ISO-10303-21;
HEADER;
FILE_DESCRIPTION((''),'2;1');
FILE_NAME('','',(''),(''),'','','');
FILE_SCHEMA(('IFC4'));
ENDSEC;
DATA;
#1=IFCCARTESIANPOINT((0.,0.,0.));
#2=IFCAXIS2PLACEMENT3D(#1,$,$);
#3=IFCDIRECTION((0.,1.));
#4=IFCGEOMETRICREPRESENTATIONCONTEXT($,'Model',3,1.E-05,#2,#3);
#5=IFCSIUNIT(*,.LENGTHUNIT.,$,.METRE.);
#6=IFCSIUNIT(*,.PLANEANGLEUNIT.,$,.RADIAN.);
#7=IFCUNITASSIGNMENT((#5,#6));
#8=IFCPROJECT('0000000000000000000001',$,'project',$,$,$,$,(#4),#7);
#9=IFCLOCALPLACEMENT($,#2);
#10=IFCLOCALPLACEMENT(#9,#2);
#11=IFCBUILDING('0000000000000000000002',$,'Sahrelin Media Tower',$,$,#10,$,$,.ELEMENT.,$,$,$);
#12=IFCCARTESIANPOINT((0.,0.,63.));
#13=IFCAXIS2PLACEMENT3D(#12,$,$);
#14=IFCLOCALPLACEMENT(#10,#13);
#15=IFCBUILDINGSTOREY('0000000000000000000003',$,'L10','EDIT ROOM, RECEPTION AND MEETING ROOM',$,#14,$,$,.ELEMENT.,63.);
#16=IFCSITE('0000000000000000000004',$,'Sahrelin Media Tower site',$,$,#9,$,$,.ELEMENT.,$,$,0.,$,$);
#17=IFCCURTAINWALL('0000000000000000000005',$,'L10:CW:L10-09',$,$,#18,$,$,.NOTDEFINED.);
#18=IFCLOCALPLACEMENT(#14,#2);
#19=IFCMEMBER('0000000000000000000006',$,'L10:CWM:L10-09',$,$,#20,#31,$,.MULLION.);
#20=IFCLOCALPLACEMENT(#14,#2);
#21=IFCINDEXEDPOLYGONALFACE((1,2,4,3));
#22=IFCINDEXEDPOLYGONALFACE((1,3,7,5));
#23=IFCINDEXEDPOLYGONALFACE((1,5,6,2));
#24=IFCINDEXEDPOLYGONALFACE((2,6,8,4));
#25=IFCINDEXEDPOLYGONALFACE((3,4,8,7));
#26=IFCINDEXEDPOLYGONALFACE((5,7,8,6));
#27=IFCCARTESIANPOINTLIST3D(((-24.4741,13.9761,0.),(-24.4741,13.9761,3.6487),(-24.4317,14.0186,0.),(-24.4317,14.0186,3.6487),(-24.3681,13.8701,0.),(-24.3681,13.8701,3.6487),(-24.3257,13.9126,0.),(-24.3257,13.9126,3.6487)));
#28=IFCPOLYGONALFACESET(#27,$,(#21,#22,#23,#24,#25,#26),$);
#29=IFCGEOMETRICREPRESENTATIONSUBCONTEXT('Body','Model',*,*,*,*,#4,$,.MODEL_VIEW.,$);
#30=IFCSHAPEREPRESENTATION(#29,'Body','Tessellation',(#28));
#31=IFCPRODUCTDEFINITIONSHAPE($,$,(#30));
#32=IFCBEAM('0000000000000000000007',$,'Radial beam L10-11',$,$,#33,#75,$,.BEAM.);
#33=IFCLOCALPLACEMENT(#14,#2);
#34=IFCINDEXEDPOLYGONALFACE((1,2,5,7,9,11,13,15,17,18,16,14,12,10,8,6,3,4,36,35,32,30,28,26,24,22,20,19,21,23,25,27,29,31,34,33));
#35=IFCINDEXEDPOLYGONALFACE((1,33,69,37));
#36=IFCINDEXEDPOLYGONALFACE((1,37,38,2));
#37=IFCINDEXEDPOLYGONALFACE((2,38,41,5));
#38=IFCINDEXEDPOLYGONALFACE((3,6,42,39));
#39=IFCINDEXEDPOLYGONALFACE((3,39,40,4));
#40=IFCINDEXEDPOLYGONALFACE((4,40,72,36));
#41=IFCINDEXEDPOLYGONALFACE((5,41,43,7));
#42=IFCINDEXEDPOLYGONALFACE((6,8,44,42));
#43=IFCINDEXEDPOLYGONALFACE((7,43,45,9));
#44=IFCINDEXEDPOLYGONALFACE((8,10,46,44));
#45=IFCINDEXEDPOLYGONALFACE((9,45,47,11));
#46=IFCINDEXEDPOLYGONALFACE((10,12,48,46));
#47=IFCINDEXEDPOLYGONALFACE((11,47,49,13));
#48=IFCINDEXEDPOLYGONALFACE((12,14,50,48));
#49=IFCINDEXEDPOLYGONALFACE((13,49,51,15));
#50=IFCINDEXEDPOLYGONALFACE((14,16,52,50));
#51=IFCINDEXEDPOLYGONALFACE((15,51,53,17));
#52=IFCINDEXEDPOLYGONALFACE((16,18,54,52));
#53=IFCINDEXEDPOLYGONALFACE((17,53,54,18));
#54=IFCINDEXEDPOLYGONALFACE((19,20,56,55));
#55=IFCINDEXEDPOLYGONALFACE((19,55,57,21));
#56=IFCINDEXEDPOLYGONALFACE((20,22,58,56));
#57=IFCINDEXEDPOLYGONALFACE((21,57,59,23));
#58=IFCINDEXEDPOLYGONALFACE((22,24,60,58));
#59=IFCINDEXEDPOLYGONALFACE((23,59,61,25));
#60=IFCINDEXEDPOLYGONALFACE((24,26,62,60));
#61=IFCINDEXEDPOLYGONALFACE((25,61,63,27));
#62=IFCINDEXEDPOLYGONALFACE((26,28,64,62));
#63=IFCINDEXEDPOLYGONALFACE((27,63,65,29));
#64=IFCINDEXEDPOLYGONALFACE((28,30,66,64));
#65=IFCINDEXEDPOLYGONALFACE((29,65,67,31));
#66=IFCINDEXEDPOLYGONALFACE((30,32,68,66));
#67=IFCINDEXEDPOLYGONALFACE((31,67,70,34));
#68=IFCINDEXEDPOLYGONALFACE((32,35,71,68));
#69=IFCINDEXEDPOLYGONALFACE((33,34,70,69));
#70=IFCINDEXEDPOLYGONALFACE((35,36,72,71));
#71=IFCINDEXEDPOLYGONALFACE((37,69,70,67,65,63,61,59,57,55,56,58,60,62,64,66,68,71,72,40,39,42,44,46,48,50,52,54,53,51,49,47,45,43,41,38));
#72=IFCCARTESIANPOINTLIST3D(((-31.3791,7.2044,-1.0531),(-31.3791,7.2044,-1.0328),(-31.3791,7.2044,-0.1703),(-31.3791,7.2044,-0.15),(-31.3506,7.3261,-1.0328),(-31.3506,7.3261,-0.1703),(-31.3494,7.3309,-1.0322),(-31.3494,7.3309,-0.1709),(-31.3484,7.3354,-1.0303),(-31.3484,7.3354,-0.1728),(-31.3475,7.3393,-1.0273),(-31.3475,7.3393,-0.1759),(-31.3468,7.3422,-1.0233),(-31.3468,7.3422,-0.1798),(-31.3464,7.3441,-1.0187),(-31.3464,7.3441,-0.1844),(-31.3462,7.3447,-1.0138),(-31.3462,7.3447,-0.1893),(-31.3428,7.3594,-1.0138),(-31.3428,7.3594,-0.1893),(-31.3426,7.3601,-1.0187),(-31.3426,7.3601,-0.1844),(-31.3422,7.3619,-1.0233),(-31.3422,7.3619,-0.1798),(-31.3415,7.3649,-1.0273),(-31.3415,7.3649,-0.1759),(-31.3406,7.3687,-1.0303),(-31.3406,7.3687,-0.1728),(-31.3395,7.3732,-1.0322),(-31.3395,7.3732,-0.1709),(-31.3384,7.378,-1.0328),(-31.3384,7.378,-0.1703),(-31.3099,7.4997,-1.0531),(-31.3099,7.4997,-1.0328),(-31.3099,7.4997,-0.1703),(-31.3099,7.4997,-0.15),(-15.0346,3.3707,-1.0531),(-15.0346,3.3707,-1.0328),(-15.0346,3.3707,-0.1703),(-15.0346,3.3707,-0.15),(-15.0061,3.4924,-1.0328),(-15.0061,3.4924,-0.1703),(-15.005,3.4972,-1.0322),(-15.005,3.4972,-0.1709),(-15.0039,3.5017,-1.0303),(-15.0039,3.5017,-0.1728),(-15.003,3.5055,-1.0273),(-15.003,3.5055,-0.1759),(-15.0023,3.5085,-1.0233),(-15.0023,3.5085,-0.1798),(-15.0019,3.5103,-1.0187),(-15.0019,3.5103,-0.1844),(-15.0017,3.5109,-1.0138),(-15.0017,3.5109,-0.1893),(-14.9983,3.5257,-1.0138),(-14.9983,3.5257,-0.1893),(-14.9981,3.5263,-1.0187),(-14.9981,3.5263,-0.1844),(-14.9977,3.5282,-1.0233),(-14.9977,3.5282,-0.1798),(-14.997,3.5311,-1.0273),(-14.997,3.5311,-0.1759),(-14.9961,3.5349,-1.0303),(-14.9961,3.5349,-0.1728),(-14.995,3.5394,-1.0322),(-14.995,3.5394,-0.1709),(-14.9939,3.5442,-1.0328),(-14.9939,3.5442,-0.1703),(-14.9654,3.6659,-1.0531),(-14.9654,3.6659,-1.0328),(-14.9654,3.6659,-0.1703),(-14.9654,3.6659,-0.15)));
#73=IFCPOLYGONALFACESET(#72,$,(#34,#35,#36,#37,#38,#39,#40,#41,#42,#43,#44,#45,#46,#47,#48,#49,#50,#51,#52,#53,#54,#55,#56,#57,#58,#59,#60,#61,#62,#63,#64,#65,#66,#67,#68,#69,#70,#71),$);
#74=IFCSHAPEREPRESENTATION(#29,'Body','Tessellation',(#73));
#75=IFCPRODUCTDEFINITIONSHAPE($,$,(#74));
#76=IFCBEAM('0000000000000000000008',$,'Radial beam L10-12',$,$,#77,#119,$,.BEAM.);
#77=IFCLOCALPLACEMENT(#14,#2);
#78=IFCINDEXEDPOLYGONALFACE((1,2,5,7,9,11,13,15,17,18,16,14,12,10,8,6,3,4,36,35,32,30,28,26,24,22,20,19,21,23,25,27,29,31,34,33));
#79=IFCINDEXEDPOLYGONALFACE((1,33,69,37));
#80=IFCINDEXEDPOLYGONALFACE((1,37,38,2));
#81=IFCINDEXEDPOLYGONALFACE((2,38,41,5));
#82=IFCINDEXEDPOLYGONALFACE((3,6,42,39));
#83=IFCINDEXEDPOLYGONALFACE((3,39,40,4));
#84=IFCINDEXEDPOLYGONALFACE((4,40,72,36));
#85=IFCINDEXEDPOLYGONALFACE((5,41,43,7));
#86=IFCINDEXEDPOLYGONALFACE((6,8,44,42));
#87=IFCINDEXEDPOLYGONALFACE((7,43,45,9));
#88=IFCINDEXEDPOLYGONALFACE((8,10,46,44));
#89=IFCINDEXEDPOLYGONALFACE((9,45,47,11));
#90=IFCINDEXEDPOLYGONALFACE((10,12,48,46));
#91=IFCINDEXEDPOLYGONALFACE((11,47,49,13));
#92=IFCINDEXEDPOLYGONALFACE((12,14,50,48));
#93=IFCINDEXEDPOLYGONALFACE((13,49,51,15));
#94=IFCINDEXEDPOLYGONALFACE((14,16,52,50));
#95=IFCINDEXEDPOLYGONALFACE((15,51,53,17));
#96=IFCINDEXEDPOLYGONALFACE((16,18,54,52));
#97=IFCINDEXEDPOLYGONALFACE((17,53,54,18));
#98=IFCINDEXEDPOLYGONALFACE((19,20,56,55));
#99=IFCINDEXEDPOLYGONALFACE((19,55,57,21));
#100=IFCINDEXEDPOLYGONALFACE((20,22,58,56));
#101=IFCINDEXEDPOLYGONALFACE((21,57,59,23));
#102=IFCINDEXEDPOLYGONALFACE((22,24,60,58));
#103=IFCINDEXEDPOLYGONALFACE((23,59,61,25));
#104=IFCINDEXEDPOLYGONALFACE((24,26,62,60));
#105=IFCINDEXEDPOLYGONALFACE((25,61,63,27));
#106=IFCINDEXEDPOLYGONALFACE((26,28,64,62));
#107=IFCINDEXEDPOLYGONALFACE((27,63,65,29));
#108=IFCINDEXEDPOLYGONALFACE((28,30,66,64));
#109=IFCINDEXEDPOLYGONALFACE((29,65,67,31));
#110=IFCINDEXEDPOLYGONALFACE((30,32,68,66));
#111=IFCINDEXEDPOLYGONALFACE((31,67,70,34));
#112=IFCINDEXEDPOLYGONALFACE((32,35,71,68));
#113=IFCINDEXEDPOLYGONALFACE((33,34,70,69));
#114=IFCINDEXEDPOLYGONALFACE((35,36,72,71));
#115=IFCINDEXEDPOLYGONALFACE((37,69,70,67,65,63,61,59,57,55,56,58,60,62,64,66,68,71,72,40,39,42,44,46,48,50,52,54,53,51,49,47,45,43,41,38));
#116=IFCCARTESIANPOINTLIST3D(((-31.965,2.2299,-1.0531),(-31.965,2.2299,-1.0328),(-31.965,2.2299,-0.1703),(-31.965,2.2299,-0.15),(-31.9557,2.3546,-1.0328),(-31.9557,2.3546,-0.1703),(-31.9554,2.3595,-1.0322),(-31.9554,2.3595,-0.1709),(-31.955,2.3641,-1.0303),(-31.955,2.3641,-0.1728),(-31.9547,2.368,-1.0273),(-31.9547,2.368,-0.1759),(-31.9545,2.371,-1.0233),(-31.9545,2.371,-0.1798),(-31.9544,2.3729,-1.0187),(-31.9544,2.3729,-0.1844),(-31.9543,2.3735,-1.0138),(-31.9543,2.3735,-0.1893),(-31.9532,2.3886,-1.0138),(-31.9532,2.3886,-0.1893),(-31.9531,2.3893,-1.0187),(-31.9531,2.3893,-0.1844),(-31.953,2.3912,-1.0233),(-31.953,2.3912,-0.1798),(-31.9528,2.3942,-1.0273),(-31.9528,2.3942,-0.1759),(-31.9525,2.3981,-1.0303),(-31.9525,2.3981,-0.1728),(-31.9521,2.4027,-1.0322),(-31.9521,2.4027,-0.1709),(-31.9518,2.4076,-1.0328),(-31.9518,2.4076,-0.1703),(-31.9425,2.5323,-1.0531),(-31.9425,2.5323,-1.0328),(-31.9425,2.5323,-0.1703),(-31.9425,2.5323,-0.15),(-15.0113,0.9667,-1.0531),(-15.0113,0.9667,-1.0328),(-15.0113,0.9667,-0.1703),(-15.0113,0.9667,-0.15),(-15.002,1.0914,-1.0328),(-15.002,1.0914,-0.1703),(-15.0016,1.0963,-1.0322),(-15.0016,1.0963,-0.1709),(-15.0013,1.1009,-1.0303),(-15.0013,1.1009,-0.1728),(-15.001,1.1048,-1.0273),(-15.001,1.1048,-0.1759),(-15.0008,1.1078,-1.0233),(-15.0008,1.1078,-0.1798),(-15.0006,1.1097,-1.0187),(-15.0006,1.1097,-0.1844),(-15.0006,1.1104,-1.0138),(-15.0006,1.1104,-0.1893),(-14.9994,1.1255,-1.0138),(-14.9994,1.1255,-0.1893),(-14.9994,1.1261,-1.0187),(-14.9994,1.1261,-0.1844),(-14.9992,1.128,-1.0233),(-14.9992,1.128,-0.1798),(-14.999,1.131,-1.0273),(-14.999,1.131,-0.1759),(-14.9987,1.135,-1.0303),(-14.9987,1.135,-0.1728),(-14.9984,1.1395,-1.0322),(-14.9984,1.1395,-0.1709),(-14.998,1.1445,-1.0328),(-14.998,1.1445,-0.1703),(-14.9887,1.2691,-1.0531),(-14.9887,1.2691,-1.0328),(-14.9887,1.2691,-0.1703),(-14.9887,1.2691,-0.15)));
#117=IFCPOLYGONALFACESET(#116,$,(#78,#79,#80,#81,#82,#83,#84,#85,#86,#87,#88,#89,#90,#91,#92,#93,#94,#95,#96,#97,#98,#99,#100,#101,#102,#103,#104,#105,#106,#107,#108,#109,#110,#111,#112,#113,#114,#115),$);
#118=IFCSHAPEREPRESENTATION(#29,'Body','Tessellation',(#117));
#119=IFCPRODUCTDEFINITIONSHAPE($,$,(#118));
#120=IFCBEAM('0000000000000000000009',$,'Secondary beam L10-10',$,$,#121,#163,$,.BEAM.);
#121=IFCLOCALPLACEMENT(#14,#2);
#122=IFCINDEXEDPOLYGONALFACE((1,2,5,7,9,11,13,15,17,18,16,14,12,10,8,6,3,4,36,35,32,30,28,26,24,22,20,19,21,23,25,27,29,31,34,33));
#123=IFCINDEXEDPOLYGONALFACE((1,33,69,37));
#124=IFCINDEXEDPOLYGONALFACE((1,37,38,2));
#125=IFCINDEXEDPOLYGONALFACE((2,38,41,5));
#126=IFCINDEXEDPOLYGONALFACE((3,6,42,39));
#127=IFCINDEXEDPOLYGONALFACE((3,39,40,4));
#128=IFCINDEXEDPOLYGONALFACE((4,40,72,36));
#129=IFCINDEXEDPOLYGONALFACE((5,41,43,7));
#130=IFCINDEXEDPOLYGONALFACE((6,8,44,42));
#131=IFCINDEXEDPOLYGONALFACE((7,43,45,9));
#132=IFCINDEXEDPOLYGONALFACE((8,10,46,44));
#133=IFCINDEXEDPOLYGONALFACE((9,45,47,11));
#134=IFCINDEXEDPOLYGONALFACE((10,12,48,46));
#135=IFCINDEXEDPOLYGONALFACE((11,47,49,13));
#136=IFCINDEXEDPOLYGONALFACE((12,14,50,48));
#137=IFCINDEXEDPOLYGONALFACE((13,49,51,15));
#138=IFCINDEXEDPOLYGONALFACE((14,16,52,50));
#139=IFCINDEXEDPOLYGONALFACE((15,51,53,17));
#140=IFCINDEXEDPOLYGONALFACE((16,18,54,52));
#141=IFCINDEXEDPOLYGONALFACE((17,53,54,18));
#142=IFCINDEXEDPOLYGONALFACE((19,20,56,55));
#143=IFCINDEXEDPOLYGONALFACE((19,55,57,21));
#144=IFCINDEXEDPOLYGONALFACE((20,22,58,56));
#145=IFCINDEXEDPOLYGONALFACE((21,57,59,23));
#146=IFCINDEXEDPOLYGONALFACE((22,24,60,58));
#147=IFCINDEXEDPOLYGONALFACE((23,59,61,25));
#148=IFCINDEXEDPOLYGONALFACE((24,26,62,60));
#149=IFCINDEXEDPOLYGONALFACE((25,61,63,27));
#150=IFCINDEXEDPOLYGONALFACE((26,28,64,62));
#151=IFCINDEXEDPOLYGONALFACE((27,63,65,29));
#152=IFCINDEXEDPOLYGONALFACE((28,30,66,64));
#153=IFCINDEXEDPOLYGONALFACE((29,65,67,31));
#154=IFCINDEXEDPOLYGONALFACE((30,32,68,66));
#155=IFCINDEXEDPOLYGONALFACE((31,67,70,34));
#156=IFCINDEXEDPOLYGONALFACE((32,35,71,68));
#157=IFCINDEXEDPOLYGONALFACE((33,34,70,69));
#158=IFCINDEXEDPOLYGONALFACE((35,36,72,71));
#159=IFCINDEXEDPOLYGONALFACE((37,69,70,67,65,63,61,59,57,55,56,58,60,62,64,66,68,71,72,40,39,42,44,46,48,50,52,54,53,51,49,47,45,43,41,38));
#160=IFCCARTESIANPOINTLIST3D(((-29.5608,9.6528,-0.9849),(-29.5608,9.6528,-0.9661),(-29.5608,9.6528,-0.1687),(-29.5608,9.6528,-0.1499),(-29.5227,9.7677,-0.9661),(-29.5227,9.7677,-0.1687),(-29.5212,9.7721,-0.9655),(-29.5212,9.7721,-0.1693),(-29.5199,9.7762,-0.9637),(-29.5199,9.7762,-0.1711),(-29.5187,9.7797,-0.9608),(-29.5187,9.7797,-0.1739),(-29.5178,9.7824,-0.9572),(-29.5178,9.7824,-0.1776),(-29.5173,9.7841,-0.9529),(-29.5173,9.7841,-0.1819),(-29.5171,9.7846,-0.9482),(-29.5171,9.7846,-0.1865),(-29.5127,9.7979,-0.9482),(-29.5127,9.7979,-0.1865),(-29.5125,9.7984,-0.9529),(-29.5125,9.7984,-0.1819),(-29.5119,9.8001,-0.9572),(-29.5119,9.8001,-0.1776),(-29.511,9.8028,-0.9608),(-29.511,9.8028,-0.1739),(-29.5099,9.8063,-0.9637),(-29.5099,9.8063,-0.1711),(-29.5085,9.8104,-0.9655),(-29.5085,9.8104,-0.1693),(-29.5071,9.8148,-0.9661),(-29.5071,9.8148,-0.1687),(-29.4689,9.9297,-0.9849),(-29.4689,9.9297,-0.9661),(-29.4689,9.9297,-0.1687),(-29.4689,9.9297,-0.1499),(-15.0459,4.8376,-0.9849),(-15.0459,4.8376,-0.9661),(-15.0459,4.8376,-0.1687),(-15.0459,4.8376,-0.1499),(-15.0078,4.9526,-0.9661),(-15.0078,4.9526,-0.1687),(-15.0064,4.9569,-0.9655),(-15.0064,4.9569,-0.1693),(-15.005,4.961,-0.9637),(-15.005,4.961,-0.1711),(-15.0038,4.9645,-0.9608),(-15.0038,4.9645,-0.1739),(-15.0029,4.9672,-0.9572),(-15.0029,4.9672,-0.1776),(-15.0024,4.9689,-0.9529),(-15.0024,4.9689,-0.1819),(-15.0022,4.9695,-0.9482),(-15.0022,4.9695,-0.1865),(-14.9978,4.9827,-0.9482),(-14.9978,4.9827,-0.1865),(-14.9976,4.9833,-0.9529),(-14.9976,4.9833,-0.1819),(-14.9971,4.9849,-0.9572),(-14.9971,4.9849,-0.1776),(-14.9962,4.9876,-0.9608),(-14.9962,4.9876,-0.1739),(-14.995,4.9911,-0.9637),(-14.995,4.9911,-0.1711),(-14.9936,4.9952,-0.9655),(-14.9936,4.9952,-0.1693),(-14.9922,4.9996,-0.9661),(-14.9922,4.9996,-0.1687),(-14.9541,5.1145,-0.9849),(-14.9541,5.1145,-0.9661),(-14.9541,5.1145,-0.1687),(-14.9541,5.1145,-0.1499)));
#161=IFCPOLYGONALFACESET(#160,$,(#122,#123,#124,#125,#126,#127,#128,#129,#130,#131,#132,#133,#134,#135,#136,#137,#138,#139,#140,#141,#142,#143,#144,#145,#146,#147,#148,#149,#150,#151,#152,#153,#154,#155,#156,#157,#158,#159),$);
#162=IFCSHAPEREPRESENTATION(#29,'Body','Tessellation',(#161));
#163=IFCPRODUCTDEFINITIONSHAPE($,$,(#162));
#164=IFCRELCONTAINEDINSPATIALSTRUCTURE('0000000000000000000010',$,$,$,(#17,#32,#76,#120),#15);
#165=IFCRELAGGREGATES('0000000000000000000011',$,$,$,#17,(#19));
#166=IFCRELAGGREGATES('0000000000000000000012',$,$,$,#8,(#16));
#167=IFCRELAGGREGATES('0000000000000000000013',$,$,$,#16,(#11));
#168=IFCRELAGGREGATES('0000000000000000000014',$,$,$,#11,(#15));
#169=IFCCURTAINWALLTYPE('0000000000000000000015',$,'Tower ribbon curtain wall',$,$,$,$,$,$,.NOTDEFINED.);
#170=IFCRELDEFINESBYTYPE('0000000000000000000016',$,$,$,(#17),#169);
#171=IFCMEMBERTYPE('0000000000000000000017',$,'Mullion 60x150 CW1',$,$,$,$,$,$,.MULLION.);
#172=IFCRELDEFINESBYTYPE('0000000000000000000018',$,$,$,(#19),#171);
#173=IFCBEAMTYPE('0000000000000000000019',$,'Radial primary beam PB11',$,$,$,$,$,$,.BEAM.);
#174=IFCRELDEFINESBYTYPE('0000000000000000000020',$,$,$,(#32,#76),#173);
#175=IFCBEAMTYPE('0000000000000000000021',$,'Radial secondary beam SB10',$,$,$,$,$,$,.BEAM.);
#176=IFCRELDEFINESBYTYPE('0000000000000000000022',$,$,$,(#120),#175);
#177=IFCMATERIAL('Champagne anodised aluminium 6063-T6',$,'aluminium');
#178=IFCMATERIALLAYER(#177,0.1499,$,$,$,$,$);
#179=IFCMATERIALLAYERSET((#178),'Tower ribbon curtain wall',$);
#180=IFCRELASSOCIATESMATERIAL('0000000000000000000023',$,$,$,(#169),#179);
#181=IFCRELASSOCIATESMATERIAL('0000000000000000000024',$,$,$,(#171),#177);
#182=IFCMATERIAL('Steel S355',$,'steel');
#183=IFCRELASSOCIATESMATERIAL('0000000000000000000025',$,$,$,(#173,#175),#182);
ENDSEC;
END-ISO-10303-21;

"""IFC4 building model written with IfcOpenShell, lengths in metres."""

from ifc_helpers import new_model, si_unit, direction, frame, origin, origin_2d, place, context, subcontext, project, spatial, rectangle, i_section, extrude, material, layer, layer_set, material_profile, profile_set, type_object, element, aggregate, save


model = new_model("IFC4")

# Units and contexts
model_context = context("Model", 3, precision=1e-05, world=origin(), true_north=direction((0.0, 1.0)))
body_context = subcontext(model_context, "Body", "Model", "MODEL_VIEW")
ifc_project = project(units=[si_unit("LENGTHUNIT", "METRE"), si_unit("PLANEANGLEUNIT", "RADIAN")], contexts=[model_context])

# Site, building, storey
site_placement = place(None, origin())
site = spatial("IfcSite", under=ifc_project, at=site_placement, Name="Sahrelin Media Tower site", CompositionType="ELEMENT", RefElevation=0.0)
building_placement = place(site_placement, origin())
building = spatial("IfcBuilding", under=site, at=building_placement, Name="Sahrelin Media Tower", CompositionType="ELEMENT")
storey_placement = place(building_placement, frame((0.0, 0.0, 63.0)))
storey = spatial("IfcBuildingStorey", under=building, at=storey_placement, Name="L10", Description="EDIT ROOM, RECEPTION AND MEETING ROOM", CompositionType="ELEMENT", Elevation=63.0)

# Curtain wall, member
ifc_material_1 = material(Name="Champagne anodised aluminium 6063-T6", Category="aluminium")
ifc_layer_1 = layer(ifc_material_1, 0.1499)
ifc_layer_set_1 = layer_set([ifc_layer_1], Name="Tower ribbon curtain wall")
curtain_wall_type = type_object("IfcCurtainWallType", Name="Tower ribbon curtain wall", PredefinedType="NOTDEFINED", material=ifc_layer_set_1)
curtain_wall_placement = place(storey_placement, frame((-24.4673, 14.0115, 0.0), z_axis=(0.0, 0.0, 1.0), x_axis=(1.0, 0.0, 0.0)))
curtain_wall = element("IfcCurtainWall", 1, at=curtain_wall_placement, inside=storey, type_object=curtain_wall_type, Name="L10:CW:L10-09", PredefinedType="NOTDEFINED")
ifc_material_profile_1 = material_profile(ifc_material_1, rectangle(XDim=0.0601, YDim=0.1499, at=origin_2d()), Name="Mullion 60x150")
ifc_profile_set_1 = profile_set([ifc_material_profile_1], Name="Champagne anodised aluminium 6063-T6")
member_type_1 = type_object("IfcMemberType", Name="Mullion 60x150 CW1", PredefinedType="MULLION", material=ifc_profile_set_1)
member_1_placement = place(storey_placement, frame((-24.3999, 13.9443, 0.0), z_axis=(0.0, 0.0, 1.0), x_axis=(-0.707107, -0.707107, 0.0)))
member_1 = element("IfcMember", 2, at=member_1_placement, type_object=member_type_1, Name="L10:CWM:L10-09", PredefinedType="MULLION", context=body_context, shape_type="SweptSolid", body=[
    extrude(rectangle(XDim=0.0601, YDim=0.1499, at=origin_2d()), origin(), (0.0, 0.0, 1.0), 3.6487),
])

# Beams
ifc_material_2 = material(Name="Steel S355", Category="steel")
ifc_material_profile_2 = material_profile(ifc_material_2, i_section(OverallWidth=0.3032, OverallDepth=0.9031, WebThickness=0.0151, FlangeThickness=0.0203, FilletRadius=0.019, at=origin_2d()), Name="UB 914x305x201")
ifc_profile_set_2 = profile_set([ifc_material_profile_2], Name="Steel S355")
beam_type_1 = type_object("IfcBeamType", Name="Radial primary beam PB11", PredefinedType="BEAM", material=ifc_profile_set_2)
beam_1_placement = place(storey_placement, frame((-15.0, 3.5183, -0.6016), z_axis=(-0.973577, 0.228361, 0.0), x_axis=(-0.228361, -0.973577, 0.0)))
element("IfcBeam", 3, at=beam_1_placement, inside=storey, type_object=beam_type_1, Name="Radial beam L10-11", PredefinedType="BEAM", context=body_context, shape_type="SweptSolid", body=[
    extrude(i_section(OverallWidth=0.3032, OverallDepth=0.9031, WebThickness=0.0151, FlangeThickness=0.0203, FilletRadius=0.019, at=origin_2d()), origin(), (0.0, 0.0, 1.0), 16.7881),
])
beam_2_placement = place(storey_placement, frame((-15.0, 1.1179, -0.6016), z_axis=(-0.997236, 0.074301, 0.0), x_axis=(-0.074301, -0.997236, 0.0)))
element("IfcBeam", 4, at=beam_2_placement, inside=storey, type_object=beam_type_1, Name="Radial beam L10-12", PredefinedType="BEAM", context=body_context, shape_type="SweptSolid", body=[
    extrude(i_section(OverallWidth=0.3032, OverallDepth=0.9031, WebThickness=0.0151, FlangeThickness=0.0203, FilletRadius=0.019, at=origin_2d()), origin(), (0.0, 0.0, 1.0), 17.0007),
])
ifc_material_profile_3 = material_profile(ifc_material_2, i_section(OverallWidth=0.2917, OverallDepth=0.835, WebThickness=0.0139, FlangeThickness=0.0188, FilletRadius=0.0178, at=origin_2d()), Name="UB 838x292x176")
ifc_profile_set_3 = profile_set([ifc_material_profile_3], Name="Steel S355")
beam_type_2 = type_object("IfcBeamType", Name="Radial secondary beam SB10", PredefinedType="BEAM", material=ifc_profile_set_3)
beam_3_placement = place(storey_placement, frame((-15.0, 4.9761, -0.5674), z_axis=(-0.949136, 0.314867, 0.0), x_axis=(-0.314867, -0.949136, 0.0)))
element("IfcBeam", 5, at=beam_3_placement, inside=storey, type_object=beam_type_2, Name="Secondary beam L10-10", PredefinedType="BEAM", context=body_context, shape_type="SweptSolid", body=[
    extrude(i_section(OverallWidth=0.2917, OverallDepth=0.835, WebThickness=0.0139, FlangeThickness=0.0188, FilletRadius=0.0178, at=origin_2d()), origin(), (0.0, 0.0, 1.0), 15.2927),
])

aggregate(curtain_wall, [member_1])

save(model, "model.ifc")
